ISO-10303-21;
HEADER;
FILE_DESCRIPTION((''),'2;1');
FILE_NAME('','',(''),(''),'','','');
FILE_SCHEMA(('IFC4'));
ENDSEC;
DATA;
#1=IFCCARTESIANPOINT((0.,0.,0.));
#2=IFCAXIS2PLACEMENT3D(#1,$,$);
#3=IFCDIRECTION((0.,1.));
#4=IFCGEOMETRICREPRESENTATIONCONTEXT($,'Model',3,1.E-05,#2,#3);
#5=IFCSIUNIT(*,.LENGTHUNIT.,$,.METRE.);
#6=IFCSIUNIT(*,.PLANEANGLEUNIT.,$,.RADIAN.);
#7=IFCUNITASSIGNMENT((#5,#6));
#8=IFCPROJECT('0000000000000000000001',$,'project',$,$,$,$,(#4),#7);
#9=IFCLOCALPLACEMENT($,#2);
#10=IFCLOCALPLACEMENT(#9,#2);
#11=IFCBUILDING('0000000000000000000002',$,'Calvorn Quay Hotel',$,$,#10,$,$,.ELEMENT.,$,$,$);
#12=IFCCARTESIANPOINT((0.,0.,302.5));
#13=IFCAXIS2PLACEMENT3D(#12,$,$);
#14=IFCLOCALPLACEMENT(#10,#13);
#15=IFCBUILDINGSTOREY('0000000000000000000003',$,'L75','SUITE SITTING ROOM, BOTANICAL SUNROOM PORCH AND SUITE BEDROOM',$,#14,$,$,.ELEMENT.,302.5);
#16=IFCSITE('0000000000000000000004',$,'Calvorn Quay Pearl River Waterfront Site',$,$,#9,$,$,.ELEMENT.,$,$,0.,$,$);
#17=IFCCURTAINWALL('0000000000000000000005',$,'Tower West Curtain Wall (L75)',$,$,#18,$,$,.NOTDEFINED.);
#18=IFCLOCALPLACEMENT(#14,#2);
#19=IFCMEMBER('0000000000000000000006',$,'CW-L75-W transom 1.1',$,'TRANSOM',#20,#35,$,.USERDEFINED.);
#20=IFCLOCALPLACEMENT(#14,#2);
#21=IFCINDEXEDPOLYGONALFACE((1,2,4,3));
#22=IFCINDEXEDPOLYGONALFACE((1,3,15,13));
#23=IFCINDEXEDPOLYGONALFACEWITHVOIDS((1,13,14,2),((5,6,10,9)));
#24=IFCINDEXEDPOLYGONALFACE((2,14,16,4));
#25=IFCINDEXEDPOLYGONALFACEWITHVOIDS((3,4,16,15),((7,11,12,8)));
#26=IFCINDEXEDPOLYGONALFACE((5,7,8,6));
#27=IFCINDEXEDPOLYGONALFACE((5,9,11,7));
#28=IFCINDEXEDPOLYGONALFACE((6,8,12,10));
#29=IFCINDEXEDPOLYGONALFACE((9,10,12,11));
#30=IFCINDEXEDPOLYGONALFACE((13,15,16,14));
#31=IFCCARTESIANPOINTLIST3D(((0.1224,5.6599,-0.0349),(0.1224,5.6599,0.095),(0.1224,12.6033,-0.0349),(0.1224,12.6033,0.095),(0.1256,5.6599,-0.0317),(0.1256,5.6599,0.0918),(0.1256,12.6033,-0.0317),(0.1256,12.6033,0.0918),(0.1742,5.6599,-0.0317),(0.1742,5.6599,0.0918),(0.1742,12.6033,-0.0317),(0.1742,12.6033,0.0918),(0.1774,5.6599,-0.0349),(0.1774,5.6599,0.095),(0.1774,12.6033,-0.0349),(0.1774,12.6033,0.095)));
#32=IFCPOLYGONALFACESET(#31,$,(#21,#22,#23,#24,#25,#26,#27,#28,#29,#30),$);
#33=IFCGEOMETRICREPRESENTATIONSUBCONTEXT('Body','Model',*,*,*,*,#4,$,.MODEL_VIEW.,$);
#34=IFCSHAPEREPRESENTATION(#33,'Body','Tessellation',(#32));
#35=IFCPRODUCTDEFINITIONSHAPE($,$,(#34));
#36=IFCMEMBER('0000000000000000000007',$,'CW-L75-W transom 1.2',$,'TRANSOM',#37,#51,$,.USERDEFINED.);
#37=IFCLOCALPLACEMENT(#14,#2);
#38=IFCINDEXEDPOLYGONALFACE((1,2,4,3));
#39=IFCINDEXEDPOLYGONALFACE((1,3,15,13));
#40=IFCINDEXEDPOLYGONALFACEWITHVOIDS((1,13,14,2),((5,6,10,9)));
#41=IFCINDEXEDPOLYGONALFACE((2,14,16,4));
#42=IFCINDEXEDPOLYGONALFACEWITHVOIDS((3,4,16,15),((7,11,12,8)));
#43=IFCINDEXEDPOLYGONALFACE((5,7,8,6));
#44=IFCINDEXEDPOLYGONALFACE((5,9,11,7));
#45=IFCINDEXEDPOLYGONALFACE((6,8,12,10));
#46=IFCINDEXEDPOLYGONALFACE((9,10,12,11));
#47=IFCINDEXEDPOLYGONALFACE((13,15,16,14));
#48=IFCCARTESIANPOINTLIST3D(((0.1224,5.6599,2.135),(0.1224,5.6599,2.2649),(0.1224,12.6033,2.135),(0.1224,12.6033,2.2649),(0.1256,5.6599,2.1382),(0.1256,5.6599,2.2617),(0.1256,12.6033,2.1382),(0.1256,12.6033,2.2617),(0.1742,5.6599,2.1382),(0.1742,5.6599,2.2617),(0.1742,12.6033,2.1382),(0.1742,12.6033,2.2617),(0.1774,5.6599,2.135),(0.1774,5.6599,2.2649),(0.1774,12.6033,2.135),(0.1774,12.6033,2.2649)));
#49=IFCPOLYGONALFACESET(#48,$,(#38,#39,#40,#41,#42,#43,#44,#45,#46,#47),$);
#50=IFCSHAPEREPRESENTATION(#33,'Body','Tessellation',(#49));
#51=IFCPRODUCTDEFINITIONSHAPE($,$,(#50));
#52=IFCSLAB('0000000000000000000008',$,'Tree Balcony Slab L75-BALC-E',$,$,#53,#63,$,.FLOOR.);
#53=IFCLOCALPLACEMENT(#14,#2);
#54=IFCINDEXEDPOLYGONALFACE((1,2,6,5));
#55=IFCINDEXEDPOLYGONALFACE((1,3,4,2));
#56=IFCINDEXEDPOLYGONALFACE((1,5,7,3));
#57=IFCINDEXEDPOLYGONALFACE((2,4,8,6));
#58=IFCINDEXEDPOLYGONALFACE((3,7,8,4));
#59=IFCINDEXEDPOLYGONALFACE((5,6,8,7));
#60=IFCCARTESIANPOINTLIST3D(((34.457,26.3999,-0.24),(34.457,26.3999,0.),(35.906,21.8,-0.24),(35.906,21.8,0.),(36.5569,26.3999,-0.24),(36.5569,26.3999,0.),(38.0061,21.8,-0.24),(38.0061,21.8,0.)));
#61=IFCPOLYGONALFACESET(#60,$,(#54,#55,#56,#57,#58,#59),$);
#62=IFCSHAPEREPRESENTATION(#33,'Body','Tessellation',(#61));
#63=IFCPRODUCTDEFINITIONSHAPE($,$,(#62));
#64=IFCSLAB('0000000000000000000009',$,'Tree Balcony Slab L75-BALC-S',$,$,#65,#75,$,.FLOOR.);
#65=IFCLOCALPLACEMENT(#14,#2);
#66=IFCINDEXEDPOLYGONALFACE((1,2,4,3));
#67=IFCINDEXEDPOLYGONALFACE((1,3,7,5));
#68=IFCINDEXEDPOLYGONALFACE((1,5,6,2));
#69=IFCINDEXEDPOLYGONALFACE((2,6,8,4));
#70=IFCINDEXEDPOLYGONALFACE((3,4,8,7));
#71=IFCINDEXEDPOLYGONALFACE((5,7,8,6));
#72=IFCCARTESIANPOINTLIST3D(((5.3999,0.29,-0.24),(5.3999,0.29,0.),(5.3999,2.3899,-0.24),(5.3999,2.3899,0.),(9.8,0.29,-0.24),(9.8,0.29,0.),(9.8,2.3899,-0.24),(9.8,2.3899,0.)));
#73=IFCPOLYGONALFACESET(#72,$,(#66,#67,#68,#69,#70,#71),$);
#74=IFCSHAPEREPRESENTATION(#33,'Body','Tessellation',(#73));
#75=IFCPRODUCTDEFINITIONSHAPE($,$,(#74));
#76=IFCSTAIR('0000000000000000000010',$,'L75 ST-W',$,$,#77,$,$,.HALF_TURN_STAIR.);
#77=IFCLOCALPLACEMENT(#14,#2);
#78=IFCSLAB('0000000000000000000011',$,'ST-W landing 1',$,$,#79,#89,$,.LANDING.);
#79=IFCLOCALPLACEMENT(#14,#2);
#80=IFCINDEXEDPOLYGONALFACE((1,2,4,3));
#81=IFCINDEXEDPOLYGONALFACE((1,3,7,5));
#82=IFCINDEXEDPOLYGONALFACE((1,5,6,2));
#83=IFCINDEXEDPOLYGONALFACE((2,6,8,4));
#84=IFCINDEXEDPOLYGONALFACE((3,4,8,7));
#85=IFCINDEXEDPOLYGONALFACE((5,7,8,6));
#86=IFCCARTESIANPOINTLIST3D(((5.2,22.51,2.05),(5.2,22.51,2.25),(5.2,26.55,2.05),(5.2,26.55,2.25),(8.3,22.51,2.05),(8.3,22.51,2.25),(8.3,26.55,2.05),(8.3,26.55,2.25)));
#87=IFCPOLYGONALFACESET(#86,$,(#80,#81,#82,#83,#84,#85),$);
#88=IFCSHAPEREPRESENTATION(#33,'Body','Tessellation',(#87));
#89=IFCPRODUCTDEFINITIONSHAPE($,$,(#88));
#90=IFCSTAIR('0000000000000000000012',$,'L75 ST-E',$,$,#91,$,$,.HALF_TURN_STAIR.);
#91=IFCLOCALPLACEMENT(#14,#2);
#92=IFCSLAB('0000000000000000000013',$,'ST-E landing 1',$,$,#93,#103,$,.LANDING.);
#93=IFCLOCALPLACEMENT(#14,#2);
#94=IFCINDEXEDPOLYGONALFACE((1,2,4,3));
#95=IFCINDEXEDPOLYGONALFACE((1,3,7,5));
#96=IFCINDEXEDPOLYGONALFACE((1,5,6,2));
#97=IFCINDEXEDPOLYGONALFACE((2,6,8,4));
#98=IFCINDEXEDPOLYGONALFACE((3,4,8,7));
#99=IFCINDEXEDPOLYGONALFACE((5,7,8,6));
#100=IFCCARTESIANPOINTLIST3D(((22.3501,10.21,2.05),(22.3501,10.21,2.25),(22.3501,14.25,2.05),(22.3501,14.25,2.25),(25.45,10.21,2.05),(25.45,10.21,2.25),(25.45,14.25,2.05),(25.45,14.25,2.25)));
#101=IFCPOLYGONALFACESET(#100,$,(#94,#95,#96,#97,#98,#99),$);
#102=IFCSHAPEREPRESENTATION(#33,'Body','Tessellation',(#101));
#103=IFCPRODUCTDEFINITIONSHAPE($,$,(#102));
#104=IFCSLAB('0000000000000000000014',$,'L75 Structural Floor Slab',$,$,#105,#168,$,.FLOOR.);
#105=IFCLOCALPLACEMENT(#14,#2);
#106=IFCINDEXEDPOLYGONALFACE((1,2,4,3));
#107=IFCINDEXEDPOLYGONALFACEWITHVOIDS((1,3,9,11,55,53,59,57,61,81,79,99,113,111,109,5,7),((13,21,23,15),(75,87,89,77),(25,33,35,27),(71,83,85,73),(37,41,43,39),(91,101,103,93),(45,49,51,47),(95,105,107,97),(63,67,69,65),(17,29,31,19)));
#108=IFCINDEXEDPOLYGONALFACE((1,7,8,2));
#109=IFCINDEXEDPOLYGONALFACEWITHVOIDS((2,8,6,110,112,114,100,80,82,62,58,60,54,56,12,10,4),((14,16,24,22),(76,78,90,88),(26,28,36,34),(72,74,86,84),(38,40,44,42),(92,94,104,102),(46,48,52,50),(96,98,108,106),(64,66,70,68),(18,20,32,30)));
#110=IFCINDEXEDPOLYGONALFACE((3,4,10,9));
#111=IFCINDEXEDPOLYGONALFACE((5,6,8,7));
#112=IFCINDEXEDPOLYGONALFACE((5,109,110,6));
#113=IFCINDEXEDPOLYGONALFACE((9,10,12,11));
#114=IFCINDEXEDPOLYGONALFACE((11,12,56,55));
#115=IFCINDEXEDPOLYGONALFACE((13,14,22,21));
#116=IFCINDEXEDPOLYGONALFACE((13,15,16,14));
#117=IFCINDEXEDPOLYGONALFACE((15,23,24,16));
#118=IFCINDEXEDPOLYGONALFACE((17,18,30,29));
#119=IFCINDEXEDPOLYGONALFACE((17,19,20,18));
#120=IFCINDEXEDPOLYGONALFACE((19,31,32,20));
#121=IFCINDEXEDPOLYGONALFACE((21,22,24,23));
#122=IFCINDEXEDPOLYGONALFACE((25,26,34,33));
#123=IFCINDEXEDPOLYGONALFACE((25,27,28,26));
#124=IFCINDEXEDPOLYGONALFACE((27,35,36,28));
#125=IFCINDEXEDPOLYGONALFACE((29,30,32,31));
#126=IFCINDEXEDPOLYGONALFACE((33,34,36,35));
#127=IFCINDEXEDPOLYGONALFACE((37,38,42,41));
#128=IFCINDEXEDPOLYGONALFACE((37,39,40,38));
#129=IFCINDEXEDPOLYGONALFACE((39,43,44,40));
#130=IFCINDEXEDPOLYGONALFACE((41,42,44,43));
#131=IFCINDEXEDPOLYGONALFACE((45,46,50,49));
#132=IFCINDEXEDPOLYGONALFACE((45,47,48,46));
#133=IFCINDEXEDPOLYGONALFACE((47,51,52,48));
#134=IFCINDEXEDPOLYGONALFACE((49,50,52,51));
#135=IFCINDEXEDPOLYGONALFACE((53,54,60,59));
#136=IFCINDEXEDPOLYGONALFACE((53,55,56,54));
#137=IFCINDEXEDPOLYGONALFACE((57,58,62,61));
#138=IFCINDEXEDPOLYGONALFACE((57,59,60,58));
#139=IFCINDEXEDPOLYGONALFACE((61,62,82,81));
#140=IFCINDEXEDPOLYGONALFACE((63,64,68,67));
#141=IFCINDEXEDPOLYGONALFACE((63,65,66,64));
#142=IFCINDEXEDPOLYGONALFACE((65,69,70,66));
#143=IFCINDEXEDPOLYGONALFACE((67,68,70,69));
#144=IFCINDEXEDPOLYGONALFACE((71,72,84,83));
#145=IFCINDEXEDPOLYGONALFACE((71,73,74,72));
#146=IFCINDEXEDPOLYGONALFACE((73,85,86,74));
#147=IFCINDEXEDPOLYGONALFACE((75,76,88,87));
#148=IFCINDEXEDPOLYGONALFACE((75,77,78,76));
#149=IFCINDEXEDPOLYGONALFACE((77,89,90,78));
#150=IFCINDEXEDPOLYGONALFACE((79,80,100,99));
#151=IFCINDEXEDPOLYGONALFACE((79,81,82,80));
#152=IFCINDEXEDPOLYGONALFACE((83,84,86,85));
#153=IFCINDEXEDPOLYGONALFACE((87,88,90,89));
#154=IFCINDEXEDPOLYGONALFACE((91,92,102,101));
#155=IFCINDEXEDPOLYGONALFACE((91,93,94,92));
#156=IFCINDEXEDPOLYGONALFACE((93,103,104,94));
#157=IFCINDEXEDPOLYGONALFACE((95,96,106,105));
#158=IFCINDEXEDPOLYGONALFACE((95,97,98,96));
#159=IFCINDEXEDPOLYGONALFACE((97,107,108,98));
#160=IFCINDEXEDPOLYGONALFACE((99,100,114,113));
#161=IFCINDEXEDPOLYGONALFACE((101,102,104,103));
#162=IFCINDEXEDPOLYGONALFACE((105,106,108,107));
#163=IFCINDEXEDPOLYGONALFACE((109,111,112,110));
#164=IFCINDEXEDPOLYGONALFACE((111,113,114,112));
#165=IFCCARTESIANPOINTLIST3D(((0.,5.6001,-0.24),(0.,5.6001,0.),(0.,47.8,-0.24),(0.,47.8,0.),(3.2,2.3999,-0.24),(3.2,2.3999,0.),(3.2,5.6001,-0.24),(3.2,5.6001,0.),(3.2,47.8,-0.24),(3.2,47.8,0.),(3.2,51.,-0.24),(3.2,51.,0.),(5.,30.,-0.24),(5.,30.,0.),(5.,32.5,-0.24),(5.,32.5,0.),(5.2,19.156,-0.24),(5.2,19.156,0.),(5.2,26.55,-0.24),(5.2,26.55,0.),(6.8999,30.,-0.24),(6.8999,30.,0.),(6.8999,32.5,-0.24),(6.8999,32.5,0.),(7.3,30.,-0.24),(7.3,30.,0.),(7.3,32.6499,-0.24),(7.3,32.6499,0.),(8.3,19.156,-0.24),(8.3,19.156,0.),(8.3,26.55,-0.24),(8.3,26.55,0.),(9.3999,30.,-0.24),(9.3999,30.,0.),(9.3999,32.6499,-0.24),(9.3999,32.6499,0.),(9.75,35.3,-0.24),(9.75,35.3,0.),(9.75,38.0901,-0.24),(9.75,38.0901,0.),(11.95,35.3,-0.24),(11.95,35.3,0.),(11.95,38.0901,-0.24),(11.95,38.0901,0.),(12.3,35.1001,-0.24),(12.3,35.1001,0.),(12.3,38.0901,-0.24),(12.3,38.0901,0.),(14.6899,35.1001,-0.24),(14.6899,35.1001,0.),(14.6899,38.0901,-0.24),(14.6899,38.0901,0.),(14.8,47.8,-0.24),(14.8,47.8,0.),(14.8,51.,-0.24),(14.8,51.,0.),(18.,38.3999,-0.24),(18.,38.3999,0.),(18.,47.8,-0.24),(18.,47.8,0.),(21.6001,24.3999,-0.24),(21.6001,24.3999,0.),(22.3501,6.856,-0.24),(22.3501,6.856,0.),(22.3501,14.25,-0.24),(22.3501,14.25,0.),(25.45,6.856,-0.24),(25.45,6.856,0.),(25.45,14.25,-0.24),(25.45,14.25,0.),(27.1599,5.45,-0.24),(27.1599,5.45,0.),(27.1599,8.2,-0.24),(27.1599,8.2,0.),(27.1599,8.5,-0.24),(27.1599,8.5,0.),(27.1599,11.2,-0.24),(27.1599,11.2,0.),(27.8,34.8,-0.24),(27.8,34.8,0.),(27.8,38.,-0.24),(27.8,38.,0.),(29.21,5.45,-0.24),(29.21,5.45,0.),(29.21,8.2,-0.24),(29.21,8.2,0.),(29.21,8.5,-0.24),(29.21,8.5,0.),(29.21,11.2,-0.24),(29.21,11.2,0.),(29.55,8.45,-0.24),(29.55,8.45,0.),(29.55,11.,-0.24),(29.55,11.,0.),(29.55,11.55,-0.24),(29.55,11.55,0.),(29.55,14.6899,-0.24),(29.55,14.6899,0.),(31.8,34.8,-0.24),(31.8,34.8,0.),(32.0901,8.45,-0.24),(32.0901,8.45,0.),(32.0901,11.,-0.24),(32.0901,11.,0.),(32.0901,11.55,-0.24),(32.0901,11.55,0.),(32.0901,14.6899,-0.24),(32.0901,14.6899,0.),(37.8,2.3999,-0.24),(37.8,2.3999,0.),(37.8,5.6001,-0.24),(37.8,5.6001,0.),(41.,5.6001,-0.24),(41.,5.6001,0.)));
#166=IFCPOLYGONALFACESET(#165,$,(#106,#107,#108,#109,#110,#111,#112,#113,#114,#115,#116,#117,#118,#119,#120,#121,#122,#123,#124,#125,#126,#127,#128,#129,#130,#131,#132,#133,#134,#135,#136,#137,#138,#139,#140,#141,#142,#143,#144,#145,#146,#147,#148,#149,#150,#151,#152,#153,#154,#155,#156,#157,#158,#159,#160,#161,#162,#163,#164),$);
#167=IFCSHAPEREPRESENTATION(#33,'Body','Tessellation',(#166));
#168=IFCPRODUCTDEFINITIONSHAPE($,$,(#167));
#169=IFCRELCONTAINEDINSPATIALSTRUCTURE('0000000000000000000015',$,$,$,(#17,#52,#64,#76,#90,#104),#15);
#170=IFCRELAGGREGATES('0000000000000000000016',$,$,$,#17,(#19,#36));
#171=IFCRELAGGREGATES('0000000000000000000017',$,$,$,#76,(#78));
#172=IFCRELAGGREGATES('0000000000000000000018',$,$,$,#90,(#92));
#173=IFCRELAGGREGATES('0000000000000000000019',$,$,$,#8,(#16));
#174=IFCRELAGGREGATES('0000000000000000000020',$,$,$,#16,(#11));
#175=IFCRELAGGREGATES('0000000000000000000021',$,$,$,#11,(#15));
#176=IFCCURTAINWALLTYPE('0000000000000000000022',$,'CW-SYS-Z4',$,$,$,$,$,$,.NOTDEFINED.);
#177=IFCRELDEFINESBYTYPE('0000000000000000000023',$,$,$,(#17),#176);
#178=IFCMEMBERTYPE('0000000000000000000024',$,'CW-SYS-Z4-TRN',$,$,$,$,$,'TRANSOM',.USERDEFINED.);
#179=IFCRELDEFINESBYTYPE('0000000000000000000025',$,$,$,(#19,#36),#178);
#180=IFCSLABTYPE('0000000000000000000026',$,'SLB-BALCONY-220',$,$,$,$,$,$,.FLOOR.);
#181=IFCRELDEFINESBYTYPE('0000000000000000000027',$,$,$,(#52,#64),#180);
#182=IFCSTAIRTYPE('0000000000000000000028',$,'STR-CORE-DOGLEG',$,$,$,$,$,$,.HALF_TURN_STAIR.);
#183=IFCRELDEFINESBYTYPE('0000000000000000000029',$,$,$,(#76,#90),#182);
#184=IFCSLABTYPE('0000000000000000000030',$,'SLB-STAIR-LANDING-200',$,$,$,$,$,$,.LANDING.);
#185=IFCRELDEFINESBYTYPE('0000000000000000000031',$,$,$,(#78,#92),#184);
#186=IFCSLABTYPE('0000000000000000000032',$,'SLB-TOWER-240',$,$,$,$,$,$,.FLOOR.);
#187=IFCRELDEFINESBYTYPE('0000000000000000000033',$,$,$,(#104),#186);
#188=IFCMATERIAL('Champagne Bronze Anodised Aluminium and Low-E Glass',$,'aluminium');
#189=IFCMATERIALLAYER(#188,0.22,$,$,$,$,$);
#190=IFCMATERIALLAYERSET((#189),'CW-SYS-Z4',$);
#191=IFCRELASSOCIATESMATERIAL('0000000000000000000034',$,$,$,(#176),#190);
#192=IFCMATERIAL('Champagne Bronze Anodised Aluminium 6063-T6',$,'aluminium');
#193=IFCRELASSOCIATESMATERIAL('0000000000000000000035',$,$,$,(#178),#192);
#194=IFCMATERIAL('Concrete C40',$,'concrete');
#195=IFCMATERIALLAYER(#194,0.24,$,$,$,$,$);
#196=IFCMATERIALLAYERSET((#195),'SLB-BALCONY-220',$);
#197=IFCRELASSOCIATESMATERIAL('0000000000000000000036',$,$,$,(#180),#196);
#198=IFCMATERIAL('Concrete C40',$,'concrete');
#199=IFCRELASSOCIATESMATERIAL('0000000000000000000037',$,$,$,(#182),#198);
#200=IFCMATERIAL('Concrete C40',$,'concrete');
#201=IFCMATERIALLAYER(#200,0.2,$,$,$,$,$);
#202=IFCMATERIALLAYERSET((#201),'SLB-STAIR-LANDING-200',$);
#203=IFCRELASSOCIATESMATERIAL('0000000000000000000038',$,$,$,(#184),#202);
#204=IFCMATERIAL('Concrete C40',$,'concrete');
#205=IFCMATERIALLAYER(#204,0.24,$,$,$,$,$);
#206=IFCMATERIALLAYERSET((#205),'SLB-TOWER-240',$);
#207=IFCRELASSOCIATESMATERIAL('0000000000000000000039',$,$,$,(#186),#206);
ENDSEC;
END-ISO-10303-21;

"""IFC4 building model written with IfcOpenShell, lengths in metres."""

from ifc_helpers import new_model, si_unit, direction, frame, origin, origin_2d, place, context, subcontext, project, spatial, polyline, hollow_rectangle, outline, extrude, material, layer, layer_set, material_profile, profile_set, type_object, element, aggregate, save


model = new_model("IFC4")

# Units and contexts
model_context = context("Model", 3, precision=1e-05, world=origin(), true_north=direction((0.0, 1.0)))
body_context = subcontext(model_context, "Body", "Model", "MODEL_VIEW")
ifc_project = project(units=[si_unit("LENGTHUNIT", "METRE"), si_unit("PLANEANGLEUNIT", "RADIAN")], contexts=[model_context])

# Site, building, storey
site_placement = place(None, origin())
site = spatial("IfcSite", under=ifc_project, at=site_placement, Name="Calvorn Quay Pearl River Waterfront Site", CompositionType="ELEMENT", RefElevation=0.0)
building_placement = place(site_placement, origin())
building = spatial("IfcBuilding", under=site, at=building_placement, Name="Calvorn Quay Hotel", CompositionType="ELEMENT")
storey_placement = place(building_placement, frame((0.0, 0.0, 302.5)))
storey = spatial("IfcBuildingStorey", under=building, at=storey_placement, Name="L75", Description="SUITE SITTING ROOM, BOTANICAL SUNROOM PORCH AND SUITE BEDROOM", CompositionType="ELEMENT", Elevation=302.5)

# Curtain wall, members
ifc_material_1 = material(Name="Champagne Bronze Anodised Aluminium and Low-E Glass", Category="aluminium")
ifc_layer_1 = layer(ifc_material_1, 0.22)
ifc_layer_set_1 = layer_set([ifc_layer_1], Name="CW-SYS-Z4")
curtain_wall_type = type_object("IfcCurtainWallType", Name="CW-SYS-Z4", PredefinedType="NOTDEFINED", material=ifc_layer_set_1)
curtain_wall_placement = place(storey_placement, origin())
curtain_wall = element("IfcCurtainWall", 1, at=curtain_wall_placement, inside=storey, type_object=curtain_wall_type, Name="Tower West Curtain Wall (L75)", PredefinedType="NOTDEFINED")
ifc_material_2 = material(Name="Champagne Bronze Anodised Aluminium 6063-T6", Category="aluminium")
ifc_material_profile_1 = material_profile(ifc_material_2, hollow_rectangle(XDim=0.0549, YDim=0.1299, WallThickness=0.0032, at=origin_2d()), Name="ALU-T130x55x3.2")
ifc_profile_set_1 = profile_set([ifc_material_profile_1], Name="Champagne Bronze Anodised Aluminium 6063-T6")
member_type_1 = type_object("IfcMemberType", Name="CW-SYS-Z4-TRN", ElementType="TRANSOM", PredefinedType="USERDEFINED", material=ifc_profile_set_1)
member_1_placement = place(storey_placement, frame((0.1499, 5.6599, 0.03), z_axis=(0.0, 1.0, 0.0), x_axis=(-1.0, 0.0, 0.0)))
member_1 = element("IfcMember", 2, at=member_1_placement, type_object=member_type_1, Name="CW-L75-W transom 1.1", ObjectType="TRANSOM", PredefinedType="USERDEFINED", context=body_context, shape_type="SweptSolid", body=[
    extrude(hollow_rectangle(XDim=0.0549, YDim=0.1299, WallThickness=0.0032, at=origin_2d()), origin(), (0.0, 0.0, 1.0), 6.9434),
])
member_2_placement = place(storey_placement, frame((0.1499, 5.6599, 2.2), z_axis=(0.0, 1.0, 0.0), x_axis=(-1.0, 0.0, 0.0)))
member_2 = element("IfcMember", 3, at=member_2_placement, type_object=member_type_1, Name="CW-L75-W transom 1.2", ObjectType="TRANSOM", PredefinedType="USERDEFINED", context=body_context, shape_type="SweptSolid", body=[
    extrude(hollow_rectangle(XDim=0.0549, YDim=0.1299, WallThickness=0.0032, at=origin_2d()), origin(), (0.0, 0.0, 1.0), 6.9434),
])
aggregate(curtain_wall, [member_1, member_2])

# Slabs
ifc_material_3 = material(Name="Concrete C40", Category="concrete")
ifc_layer_2 = layer(ifc_material_3, 0.24)
ifc_layer_set_2 = layer_set([ifc_layer_2], Name="SLB-BALCONY-220")
slab_type_1 = type_object("IfcSlabType", Name="SLB-BALCONY-220", PredefinedType="FLOOR", material=ifc_layer_set_2)
slab_1_placement = place(storey_placement, frame((0.0, 0.0, -0.24)))
element("IfcSlab", 4, at=slab_1_placement, inside=storey, type_object=slab_type_1, Name="Tree Balcony Slab L75-BALC-E", PredefinedType="FLOOR", context=body_context, shape_type="SweptSolid", body=[
    extrude(outline(polyline([(35.906, 21.8), (38.0061, 21.8), (36.5569, 26.3999), (34.457, 26.3999), (35.906, 21.8)])), origin(), (0.0, 0.0, 1.0), 0.24),
])
slab_2_placement = place(storey_placement, frame((0.0, 0.0, -0.24)))
element("IfcSlab", 5, at=slab_2_placement, inside=storey, type_object=slab_type_1, Name="Tree Balcony Slab L75-BALC-S", PredefinedType="FLOOR", context=body_context, shape_type="SweptSolid", body=[
    extrude(outline(polyline([(5.3999, 0.29), (9.8, 0.29), (9.8, 2.3899), (5.3999, 2.3899), (5.3999, 0.29)])), origin(), (0.0, 0.0, 1.0), 0.24),
])

# Stairs, slabs
ifc_material_4 = material(Name="Concrete C40", Category="concrete")
stair_type = type_object("IfcStairType", Name="STR-CORE-DOGLEG", PredefinedType="HALF_TURN_STAIR", material=ifc_material_4)
stair_1_placement = place(storey_placement, origin())
stair_1 = element("IfcStair", 6, at=stair_1_placement, inside=storey, type_object=stair_type, Name="L75 ST-W", PredefinedType="HALF_TURN_STAIR")
ifc_material_5 = material(Name="Concrete C40", Category="concrete")
ifc_layer_3 = layer(ifc_material_5, 0.2)
ifc_layer_set_3 = layer_set([ifc_layer_3], Name="SLB-STAIR-LANDING-200")
slab_type_2 = type_object("IfcSlabType", Name="SLB-STAIR-LANDING-200", PredefinedType="LANDING", material=ifc_layer_set_3)
slab_3_placement = place(storey_placement, frame((0.0, 0.0, 2.05)))
slab_3 = element("IfcSlab", 7, at=slab_3_placement, type_object=slab_type_2, Name="ST-W landing 1", PredefinedType="LANDING", context=body_context, shape_type="SweptSolid", body=[
    extrude(outline(polyline([(8.3, 22.51), (8.3, 26.55), (5.2, 26.55), (5.2, 22.51), (8.3, 22.51)])), origin(), (0.0, 0.0, 1.0), 0.2),
])
aggregate(stair_1, [slab_3])
stair_2_placement = place(storey_placement, origin())
stair_2 = element("IfcStair", 8, at=stair_2_placement, inside=storey, type_object=stair_type, Name="L75 ST-E", PredefinedType="HALF_TURN_STAIR")
slab_4_placement = place(storey_placement, frame((0.0, 0.0, 2.05)))
slab_4 = element("IfcSlab", 9, at=slab_4_placement, type_object=slab_type_2, Name="ST-E landing 1", PredefinedType="LANDING", context=body_context, shape_type="SweptSolid", body=[
    extrude(outline(polyline([(25.45, 10.21), (25.45, 14.25), (22.3501, 14.25), (22.3501, 10.21), (25.45, 10.21)])), origin(), (0.0, 0.0, 1.0), 0.2),
])
aggregate(stair_2, [slab_4])

# Slab
ifc_material_6 = material(Name="Concrete C40", Category="concrete")
ifc_layer_4 = layer(ifc_material_6, 0.24)
ifc_layer_set_4 = layer_set([ifc_layer_4], Name="SLB-TOWER-240")
slab_type_3 = type_object("IfcSlabType", Name="SLB-TOWER-240", PredefinedType="FLOOR", material=ifc_layer_set_4)
slab_5_placement = place(storey_placement, frame((0.0, 0.0, -0.24)))
element("IfcSlab", 10, at=slab_5_placement, inside=storey, type_object=slab_type_3, Name="L75 Structural Floor Slab", PredefinedType="FLOOR", context=body_context, shape_type="SweptSolid", body=[
    extrude(outline(polyline([(0.0, 5.6001), (3.2, 5.6001), (3.2, 2.3999), (37.8, 2.3999), (37.8, 5.6001), (41.0, 5.6001), (31.8, 34.8), (27.8, 34.8), (27.8, 38.0), (21.6001, 24.3999), (18.0, 38.3999), (18.0, 47.8), (14.8, 47.8), (14.8, 51.0), (3.2, 51.0), (3.2, 47.8), (0.0, 47.8), (0.0, 5.6001)]), holes=[polyline([(5.2, 19.156), (8.3, 19.156), (8.3, 26.55), (5.2, 26.55), (5.2, 19.156)]), polyline([(22.3501, 6.856), (25.45, 6.856), (25.45, 14.25), (22.3501, 14.25), (22.3501, 6.856)]), polyline([(5.0, 30.0), (6.8999, 30.0), (6.8999, 32.5), (5.0, 32.5), (5.0, 30.0)]), polyline([(7.3, 30.0), (9.3999, 30.0), (9.3999, 32.6499), (7.3, 32.6499), (7.3, 30.0)]), polyline([(27.1599, 8.5), (29.21, 8.5), (29.21, 11.2), (27.1599, 11.2), (27.1599, 8.5)]), polyline([(27.1599, 5.45), (29.21, 5.45), (29.21, 8.2), (27.1599, 8.2), (27.1599, 5.45)]), polyline([(12.3, 35.1001), (14.6899, 35.1001), (14.6899, 38.0901), (12.3, 38.0901), (12.3, 35.1001)]), polyline([(9.75, 35.3), (11.95, 35.3), (11.95, 38.0901), (9.75, 38.0901), (9.75, 35.3)]), polyline([(29.55, 11.55), (32.0901, 11.55), (32.0901, 14.6899), (29.55, 14.6899), (29.55, 11.55)]), polyline([(29.55, 8.45), (32.0901, 8.45), (32.0901, 11.0), (29.55, 11.0), (29.55, 8.45)])]), origin(), (0.0, 0.0, 1.0), 0.24),
])

save(model, "model.ifc")
